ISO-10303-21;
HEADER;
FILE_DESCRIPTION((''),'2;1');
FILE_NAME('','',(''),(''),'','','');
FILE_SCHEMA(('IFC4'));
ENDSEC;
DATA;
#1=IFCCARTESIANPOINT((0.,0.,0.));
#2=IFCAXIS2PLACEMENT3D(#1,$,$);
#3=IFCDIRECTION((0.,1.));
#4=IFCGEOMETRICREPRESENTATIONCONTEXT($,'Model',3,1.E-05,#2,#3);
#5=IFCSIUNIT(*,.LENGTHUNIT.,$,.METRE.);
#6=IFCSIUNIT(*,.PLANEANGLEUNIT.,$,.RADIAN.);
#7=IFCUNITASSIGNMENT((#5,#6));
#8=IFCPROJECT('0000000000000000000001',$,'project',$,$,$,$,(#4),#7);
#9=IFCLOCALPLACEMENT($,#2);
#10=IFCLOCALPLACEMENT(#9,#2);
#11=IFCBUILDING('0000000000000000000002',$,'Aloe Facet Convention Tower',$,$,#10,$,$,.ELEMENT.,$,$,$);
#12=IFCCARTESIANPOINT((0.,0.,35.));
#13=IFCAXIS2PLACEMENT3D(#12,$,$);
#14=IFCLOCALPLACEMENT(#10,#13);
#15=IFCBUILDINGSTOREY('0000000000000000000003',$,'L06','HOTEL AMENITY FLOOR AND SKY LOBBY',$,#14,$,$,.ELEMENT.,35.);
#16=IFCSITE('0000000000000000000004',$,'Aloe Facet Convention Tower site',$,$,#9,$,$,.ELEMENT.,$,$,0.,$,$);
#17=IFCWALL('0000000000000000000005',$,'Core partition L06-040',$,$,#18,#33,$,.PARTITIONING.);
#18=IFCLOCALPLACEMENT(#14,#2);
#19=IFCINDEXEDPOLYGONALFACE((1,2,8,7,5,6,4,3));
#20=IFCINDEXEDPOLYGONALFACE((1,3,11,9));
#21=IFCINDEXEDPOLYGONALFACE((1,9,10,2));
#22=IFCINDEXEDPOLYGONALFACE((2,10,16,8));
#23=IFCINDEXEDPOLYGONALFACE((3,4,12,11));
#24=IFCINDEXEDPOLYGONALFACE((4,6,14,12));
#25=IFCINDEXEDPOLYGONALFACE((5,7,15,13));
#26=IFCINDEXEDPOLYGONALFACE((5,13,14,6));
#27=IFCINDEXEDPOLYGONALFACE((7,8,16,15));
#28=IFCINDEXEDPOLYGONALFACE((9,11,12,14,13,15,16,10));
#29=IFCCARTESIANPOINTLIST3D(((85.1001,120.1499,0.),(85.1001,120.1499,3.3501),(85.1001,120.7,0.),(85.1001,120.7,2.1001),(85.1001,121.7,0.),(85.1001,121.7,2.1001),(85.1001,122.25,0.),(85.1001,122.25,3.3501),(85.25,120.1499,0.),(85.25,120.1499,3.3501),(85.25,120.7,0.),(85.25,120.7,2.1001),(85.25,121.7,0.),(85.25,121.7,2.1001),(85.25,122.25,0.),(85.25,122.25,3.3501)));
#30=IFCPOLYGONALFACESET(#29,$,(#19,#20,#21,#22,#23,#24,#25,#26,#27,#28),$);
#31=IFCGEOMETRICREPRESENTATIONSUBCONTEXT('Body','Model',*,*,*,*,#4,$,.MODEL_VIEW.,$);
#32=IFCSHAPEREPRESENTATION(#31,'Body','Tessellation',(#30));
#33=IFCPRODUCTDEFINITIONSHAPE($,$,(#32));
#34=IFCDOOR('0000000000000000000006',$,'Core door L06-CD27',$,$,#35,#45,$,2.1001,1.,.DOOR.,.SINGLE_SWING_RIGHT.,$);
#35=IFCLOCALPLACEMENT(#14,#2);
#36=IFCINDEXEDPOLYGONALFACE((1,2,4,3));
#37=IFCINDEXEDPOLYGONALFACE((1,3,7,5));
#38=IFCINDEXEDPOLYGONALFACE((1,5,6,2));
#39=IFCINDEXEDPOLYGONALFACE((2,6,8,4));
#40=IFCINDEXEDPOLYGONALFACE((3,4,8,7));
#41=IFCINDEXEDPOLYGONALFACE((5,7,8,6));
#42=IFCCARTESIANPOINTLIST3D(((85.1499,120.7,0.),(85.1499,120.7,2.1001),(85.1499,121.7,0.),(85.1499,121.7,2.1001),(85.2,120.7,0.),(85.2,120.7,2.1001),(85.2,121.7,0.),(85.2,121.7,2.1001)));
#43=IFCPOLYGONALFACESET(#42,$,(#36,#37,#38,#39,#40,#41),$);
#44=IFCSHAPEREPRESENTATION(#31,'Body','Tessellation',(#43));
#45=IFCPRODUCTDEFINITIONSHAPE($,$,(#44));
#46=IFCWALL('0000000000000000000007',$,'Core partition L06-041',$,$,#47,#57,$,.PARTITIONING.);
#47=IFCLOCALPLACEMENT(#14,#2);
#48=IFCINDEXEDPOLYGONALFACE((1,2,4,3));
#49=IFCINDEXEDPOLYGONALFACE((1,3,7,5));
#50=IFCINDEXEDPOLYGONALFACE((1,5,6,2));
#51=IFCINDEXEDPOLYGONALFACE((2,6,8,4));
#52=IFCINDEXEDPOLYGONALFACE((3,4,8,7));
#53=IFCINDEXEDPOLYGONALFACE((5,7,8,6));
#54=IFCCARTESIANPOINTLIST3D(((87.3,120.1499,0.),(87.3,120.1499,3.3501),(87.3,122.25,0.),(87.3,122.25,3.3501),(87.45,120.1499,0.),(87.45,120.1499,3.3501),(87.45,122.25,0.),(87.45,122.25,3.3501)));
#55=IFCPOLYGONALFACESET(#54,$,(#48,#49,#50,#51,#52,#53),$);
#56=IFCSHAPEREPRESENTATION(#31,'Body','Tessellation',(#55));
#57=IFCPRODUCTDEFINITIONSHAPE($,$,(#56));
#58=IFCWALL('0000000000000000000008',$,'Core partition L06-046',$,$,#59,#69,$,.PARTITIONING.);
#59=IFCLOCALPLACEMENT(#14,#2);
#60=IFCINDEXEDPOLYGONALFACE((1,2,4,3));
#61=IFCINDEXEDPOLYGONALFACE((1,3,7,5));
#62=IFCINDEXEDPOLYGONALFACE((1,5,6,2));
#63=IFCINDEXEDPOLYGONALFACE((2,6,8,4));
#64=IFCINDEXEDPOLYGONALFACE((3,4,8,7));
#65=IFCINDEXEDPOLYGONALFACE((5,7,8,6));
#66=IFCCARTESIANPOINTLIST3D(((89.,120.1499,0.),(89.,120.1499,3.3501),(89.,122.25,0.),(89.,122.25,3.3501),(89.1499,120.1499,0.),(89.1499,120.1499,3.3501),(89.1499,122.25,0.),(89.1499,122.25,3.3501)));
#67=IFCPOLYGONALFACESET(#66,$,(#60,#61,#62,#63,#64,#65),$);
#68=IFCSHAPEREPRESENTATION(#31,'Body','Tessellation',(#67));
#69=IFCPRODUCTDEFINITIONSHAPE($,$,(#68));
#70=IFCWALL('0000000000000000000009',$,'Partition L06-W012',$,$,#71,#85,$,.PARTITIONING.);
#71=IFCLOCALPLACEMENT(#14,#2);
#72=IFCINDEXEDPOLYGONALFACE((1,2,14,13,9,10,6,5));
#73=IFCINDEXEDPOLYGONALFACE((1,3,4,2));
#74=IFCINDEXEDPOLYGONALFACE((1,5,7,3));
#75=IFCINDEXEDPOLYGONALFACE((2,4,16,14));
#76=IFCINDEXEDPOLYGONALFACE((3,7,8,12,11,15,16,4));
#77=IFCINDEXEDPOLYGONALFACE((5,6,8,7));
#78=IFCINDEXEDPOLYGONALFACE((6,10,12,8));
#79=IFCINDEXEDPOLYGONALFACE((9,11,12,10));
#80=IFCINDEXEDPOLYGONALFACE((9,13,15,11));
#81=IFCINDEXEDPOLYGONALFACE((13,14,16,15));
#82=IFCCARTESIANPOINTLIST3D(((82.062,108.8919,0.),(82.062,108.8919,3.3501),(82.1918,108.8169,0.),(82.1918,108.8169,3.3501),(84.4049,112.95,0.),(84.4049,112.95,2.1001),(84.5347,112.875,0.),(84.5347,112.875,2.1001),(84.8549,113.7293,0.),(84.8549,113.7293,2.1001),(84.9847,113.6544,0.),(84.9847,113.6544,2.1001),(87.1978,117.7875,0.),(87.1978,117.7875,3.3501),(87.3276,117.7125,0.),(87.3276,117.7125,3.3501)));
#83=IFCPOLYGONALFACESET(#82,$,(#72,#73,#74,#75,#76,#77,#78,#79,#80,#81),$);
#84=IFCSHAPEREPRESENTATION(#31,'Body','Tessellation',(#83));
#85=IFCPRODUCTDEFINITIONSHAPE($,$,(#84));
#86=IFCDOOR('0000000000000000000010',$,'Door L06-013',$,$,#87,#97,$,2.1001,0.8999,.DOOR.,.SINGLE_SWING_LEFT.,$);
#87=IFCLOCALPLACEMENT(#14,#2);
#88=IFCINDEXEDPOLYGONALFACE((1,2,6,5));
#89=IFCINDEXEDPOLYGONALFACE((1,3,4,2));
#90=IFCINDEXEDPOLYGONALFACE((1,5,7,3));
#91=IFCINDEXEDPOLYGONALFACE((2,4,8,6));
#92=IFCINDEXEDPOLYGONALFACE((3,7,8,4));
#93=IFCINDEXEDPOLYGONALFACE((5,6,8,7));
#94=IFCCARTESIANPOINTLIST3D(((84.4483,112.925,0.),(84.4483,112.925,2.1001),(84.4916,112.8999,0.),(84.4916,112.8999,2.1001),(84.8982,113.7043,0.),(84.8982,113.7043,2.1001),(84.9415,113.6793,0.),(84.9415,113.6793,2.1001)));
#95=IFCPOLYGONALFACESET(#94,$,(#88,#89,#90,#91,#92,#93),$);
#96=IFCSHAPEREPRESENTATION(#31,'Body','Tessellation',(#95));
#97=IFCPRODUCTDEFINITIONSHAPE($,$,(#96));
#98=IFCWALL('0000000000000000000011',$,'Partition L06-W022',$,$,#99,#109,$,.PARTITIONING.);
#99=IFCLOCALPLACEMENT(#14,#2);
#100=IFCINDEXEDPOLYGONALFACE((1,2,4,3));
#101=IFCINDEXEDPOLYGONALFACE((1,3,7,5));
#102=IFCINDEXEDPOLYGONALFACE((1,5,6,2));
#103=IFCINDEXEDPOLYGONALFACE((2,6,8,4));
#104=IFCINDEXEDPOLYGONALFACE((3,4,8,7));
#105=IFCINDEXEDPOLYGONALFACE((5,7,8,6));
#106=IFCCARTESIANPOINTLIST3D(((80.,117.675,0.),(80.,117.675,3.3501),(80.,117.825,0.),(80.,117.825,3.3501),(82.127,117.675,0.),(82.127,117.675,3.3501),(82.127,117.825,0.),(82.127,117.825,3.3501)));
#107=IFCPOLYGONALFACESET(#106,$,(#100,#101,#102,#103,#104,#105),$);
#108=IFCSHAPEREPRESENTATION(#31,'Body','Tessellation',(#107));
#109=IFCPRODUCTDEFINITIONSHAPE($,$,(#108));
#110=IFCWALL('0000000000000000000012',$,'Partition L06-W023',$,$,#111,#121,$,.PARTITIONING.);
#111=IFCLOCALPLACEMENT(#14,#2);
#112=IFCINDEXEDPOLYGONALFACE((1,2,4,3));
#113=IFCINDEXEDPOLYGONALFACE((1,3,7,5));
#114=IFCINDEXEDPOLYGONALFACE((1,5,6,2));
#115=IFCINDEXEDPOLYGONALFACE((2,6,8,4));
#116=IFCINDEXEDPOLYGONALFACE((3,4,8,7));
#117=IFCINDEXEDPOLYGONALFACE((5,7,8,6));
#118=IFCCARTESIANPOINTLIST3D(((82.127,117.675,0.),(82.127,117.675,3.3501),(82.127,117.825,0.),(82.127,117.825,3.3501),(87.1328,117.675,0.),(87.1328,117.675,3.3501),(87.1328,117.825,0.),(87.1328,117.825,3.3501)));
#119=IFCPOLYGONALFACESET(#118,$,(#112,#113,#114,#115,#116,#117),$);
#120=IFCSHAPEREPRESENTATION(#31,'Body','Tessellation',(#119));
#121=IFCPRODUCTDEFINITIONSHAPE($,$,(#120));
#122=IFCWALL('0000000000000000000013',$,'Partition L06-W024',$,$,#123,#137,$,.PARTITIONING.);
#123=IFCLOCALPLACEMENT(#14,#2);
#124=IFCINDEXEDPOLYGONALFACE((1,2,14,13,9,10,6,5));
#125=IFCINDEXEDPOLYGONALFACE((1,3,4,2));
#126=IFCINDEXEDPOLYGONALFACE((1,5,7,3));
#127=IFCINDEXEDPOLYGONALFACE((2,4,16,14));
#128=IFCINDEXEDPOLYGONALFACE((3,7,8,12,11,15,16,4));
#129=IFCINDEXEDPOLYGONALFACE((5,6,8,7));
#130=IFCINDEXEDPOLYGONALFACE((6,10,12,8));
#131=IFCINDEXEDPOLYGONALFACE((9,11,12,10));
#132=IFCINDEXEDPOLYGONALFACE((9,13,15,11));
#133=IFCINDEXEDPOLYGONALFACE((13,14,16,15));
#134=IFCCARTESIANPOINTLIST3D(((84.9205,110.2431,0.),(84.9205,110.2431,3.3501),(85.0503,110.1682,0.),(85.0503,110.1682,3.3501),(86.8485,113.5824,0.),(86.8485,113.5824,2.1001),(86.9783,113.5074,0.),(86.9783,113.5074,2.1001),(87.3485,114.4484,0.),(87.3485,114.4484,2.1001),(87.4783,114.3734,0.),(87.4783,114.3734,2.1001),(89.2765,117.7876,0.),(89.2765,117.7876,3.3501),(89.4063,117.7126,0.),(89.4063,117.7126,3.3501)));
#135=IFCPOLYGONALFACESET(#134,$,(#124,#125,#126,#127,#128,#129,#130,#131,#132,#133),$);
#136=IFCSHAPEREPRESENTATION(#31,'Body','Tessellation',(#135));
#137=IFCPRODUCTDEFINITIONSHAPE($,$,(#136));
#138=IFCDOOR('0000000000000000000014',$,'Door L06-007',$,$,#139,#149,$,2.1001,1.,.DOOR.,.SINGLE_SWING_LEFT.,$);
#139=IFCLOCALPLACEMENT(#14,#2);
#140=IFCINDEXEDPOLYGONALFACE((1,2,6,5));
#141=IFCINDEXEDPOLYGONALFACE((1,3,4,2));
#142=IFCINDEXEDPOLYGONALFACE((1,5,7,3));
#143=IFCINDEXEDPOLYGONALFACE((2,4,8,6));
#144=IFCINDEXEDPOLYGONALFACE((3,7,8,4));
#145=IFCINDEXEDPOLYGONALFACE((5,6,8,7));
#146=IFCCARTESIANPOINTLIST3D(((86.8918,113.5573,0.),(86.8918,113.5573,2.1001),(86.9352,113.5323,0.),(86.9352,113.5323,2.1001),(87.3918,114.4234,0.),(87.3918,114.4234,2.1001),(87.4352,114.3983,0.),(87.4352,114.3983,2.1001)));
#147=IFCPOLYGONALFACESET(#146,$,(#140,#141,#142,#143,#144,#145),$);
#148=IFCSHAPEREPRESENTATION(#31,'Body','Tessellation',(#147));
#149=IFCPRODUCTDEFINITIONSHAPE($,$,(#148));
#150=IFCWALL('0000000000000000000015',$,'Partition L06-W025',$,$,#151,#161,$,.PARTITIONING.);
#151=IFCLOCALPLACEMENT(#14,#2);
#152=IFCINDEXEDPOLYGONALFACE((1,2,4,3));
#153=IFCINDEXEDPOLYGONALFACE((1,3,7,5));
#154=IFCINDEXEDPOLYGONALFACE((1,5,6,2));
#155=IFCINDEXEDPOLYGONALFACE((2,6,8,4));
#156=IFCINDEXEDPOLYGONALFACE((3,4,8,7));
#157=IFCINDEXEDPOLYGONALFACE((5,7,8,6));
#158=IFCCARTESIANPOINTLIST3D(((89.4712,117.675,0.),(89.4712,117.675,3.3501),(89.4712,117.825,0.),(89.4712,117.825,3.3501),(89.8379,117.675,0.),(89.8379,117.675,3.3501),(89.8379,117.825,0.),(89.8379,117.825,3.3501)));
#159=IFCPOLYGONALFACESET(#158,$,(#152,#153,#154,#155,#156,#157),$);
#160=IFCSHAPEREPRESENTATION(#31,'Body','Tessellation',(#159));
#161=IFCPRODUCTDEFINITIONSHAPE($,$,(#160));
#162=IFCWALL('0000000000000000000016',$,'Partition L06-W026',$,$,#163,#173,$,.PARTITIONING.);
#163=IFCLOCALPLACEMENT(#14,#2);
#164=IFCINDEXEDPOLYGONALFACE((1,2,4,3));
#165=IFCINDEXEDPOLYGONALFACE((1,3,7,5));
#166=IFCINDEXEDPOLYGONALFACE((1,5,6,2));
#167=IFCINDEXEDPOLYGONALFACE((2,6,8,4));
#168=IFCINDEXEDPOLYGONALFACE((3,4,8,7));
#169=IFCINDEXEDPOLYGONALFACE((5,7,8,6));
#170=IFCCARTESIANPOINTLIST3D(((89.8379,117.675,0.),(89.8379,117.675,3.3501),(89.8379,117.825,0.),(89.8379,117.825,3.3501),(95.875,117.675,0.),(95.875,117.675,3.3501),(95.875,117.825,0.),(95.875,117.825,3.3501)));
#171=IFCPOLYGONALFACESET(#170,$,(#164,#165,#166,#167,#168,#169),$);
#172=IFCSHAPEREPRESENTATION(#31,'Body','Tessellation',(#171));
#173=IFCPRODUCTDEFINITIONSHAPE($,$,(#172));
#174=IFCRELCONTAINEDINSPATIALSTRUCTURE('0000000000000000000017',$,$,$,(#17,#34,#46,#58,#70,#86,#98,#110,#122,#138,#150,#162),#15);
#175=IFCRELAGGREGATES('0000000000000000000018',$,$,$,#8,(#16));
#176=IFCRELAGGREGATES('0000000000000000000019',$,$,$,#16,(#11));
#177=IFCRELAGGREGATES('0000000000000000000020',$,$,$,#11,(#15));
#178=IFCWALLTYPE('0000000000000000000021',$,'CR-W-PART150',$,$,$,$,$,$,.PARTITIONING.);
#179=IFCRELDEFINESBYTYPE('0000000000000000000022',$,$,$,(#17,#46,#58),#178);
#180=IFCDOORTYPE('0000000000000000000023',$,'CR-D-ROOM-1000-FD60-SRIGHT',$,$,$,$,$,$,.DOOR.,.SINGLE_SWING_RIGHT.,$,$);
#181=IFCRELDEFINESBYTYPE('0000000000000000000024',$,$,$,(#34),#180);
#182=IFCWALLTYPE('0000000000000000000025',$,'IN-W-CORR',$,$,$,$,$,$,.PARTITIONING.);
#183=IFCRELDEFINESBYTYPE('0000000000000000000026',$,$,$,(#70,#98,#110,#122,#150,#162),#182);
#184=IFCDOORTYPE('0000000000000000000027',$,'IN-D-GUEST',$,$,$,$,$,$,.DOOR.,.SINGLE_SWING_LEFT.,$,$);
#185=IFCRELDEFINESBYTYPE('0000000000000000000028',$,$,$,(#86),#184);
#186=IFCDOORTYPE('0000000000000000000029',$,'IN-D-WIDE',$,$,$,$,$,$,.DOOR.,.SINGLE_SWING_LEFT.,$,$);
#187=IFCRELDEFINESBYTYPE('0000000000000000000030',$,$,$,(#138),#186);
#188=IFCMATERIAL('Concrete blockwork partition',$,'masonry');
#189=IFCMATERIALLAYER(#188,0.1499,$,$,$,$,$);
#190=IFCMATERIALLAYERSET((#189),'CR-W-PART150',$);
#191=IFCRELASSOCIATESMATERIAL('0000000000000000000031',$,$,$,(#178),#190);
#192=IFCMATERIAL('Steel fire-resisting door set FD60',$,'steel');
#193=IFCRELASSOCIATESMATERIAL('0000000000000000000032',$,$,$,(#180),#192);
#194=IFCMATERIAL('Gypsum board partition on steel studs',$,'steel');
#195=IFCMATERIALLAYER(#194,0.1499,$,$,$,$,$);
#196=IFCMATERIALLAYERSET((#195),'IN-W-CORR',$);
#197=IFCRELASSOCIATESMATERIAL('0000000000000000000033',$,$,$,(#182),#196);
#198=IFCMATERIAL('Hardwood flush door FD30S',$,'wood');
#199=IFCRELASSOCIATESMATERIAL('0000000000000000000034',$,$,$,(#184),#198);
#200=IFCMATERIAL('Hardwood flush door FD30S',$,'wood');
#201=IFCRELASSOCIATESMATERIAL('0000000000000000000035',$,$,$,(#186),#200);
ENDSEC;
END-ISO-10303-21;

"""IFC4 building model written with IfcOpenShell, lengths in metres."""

from ifc_helpers import new_model, si_unit, direction, frame, frame_2d, origin, place, context, subcontext, project, spatial, rectangle, extrude, material, layer, layer_set, type_object, element, fill, save


model = new_model("IFC4")

# Units and contexts
model_context = context("Model", 3, precision=1e-05, world=origin(), true_north=direction((0.0, 1.0)))
body_context = subcontext(model_context, "Body", "Model", "MODEL_VIEW")
ifc_project = project(units=[si_unit("LENGTHUNIT", "METRE"), si_unit("PLANEANGLEUNIT", "RADIAN")], contexts=[model_context])

# Site, building, storey
site_placement = place(None, origin())
site = spatial("IfcSite", under=ifc_project, at=site_placement, Name="Aloe Facet Convention Tower site", CompositionType="ELEMENT", RefElevation=0.0)
building_placement = place(site_placement, origin())
building = spatial("IfcBuilding", under=site, at=building_placement, Name="Aloe Facet Convention Tower", CompositionType="ELEMENT")
storey_placement = place(building_placement, frame((0.0, 0.0, 35.0)))
storey = spatial("IfcBuildingStorey", under=building, at=storey_placement, Name="L06", Description="HOTEL AMENITY FLOOR AND SKY LOBBY", CompositionType="ELEMENT", Elevation=35.0)

# Shared definitions
ifc_material_1 = material(Name="Concrete blockwork partition", Category="masonry")
ifc_layer_1 = layer(ifc_material_1, 0.1499)
ifc_layer_set_1 = layer_set([ifc_layer_1], Name="CR-W-PART150")
wall_type_1 = type_object("IfcWallType", Name="CR-W-PART150", PredefinedType="PARTITIONING", material=ifc_layer_set_1)

# Wall, opening, door
wall_1_placement = place(storey_placement, frame((85.175, 122.25, 0.0), z_axis=(0.0, 0.0, 1.0), x_axis=(0.0, -1.0, 0.0)))
wall_1 = element("IfcWall", 1, at=wall_1_placement, inside=storey, type_object=wall_type_1, Name="Core partition L06-040", PredefinedType="PARTITIONING", context=body_context, shape_type="SweptSolid", body=[
    extrude(rectangle(XDim=2.1001, YDim=0.1499, at=frame_2d((1.05, 0.0))), origin(), (0.0, 0.0, 1.0), 3.3501),
])
opening_1_placement = place(wall_1_placement, frame((0.55, 0.0, 0.0)))
opening_1 = element("IfcOpeningElement", 2, at=opening_1_placement, cuts=wall_1, PredefinedType="OPENING", context=body_context, shape_type="SweptSolid", body=[
    extrude(rectangle(XDim=1.0, YDim=2.1001, at=frame_2d((0.5, 1.05))), frame((0.0, 0.085, 0.0), z_axis=(0.0, -1.0, 0.0), x_axis=(1.0, 0.0, 0.0)), (0.0, 0.0, 1.0), 0.1699),
])
ifc_material_2 = material(Name="Steel fire-resisting door set FD60", Category="steel")
door_type_1 = type_object("IfcDoorType", Name="CR-D-ROOM-1000-FD60-SRIGHT", OperationType="SINGLE_SWING_RIGHT", PredefinedType="DOOR", material=ifc_material_2)
door_1_placement = place(opening_1_placement, origin())
door_1 = element("IfcDoor", 3, at=door_1_placement, inside=storey, type_object=door_type_1, Name="Core door L06-CD27", OperationType="SINGLE_SWING_RIGHT", OverallHeight=2.1001, OverallWidth=1.0, PredefinedType="DOOR", context=body_context, shape_type="SweptSolid", body=[
    extrude(rectangle(XDim=1.0, YDim=2.1001, at=frame_2d((0.5, 1.05))), frame((0.0, 0.0249, 0.0), z_axis=(0.0, -1.0, 0.0), x_axis=(1.0, 0.0, 0.0)), (0.0, 0.0, 1.0), 0.05),
])
fill(opening_1, door_1)

# Walls
for number, where, z_axis, x_axis, name in (
    (4, (87.375, 122.25, 0.0), (0.0, 0.0, 1.0), (0.0, -1.0, 0.0), "Core partition L06-041"),
    (5, (89.075, 122.25, 0.0), (0.0, 0.0, 1.0), (0.0, -1.0, 0.0), "Core partition L06-046"),
):
    element("IfcWall", number, at=place(storey_placement, frame(where, z_axis=z_axis, x_axis=x_axis)), inside=storey, type_object=wall_type_1, Name=name, PredefinedType="PARTITIONING", context=body_context, shape_type="SweptSolid", body=[
        extrude(rectangle(XDim=2.1001, YDim=0.1499, at=frame_2d((1.05, 0.0))), origin(), (0.0, 0.0, 1.0), 3.3501),
    ])

# Wall, opening, door
ifc_material_3 = material(Name="Gypsum board partition on steel studs", Category="steel")
ifc_layer_2 = layer(ifc_material_3, 0.1499)
ifc_layer_set_2 = layer_set([ifc_layer_2], Name="IN-W-CORR")
wall_type_2 = type_object("IfcWallType", Name="IN-W-CORR", PredefinedType="PARTITIONING", material=ifc_layer_set_2)
wall_2_placement = place(storey_placement, frame((82.127, 108.8545, 0.0), z_axis=(0.0, 0.0, 1.0), x_axis=(0.499994, 0.866029, 0.0)))
wall_2 = element("IfcWall", 6, at=wall_2_placement, inside=storey, type_object=wall_type_2, Name="Partition L06-W012", PredefinedType="PARTITIONING", context=body_context, shape_type="SweptSolid", body=[
    extrude(rectangle(XDim=10.2717, YDim=0.1499, at=frame_2d((5.1357, 0.0))), origin(), (0.0, 0.0, 1.0), 3.3501),
])
opening_2_placement = place(wall_2_placement, frame((4.6858, 0.0, 0.0)))
opening_2 = element("IfcOpeningElement", 7, at=opening_2_placement, cuts=wall_2, PredefinedType="OPENING", context=body_context, shape_type="SweptSolid", body=[
    extrude(rectangle(XDim=0.8999, YDim=2.1001, at=frame_2d((0.45, 1.05))), frame((0.0, 0.085, 0.0), z_axis=(0.0, -1.0, 0.0), x_axis=(1.0, 0.0, 0.0)), (0.0, 0.0, 1.0), 0.1699),
])
ifc_material_4 = material(Name="Hardwood flush door FD30S", Category="wood")
door_type_2 = type_object("IfcDoorType", Name="IN-D-GUEST", OperationType="SINGLE_SWING_LEFT", PredefinedType="DOOR", material=ifc_material_4)
door_2_placement = place(opening_2_placement, origin())
door_2 = element("IfcDoor", 8, at=door_2_placement, inside=storey, type_object=door_type_2, Name="Door L06-013", OperationType="SINGLE_SWING_LEFT", OverallHeight=2.1001, OverallWidth=0.8999, PredefinedType="DOOR", context=body_context, shape_type="SweptSolid", body=[
    extrude(rectangle(XDim=0.8999, YDim=2.1001, at=frame_2d((0.45, 1.05))), frame((0.0, 0.0249, 0.0), z_axis=(0.0, -1.0, 0.0), x_axis=(1.0, 0.0, 0.0)), (0.0, 0.0, 1.0), 0.05),
])
fill(opening_2, door_2)

# Walls
wall_3_placement = place(storey_placement, frame((80.0, 117.75, 0.0), z_axis=(0.0, 0.0, 1.0), x_axis=(1.0, 0.0, 0.0)))
element("IfcWall", 9, at=wall_3_placement, inside=storey, type_object=wall_type_2, Name="Partition L06-W022", PredefinedType="PARTITIONING", context=body_context, shape_type="SweptSolid", body=[
    extrude(rectangle(XDim=2.127, YDim=0.1499, at=frame_2d((1.0635, 0.0))), origin(), (0.0, 0.0, 1.0), 3.3501),
])
wall_4_placement = place(storey_placement, frame((82.127, 117.75, 0.0), z_axis=(0.0, 0.0, 1.0), x_axis=(1.0, 0.0, 0.0)))
element("IfcWall", 10, at=wall_4_placement, inside=storey, type_object=wall_type_2, Name="Partition L06-W023", PredefinedType="PARTITIONING", context=body_context, shape_type="SweptSolid", body=[
    extrude(rectangle(XDim=5.0059, YDim=0.1499, at=frame_2d((2.5029, 0.0))), origin(), (0.0, 0.0, 1.0), 3.3501),
])

# Wall, opening, door
wall_5_placement = place(storey_placement, frame((84.9854, 110.2056, 0.0), z_axis=(0.0, 0.0, 1.0), x_axis=(0.500015, 0.866017, 0.0)))
wall_5 = element("IfcWall", 11, at=wall_5_placement, inside=storey, type_object=wall_type_2, Name="Partition L06-W024", PredefinedType="PARTITIONING", context=body_context, shape_type="SweptSolid", body=[
    extrude(rectangle(XDim=8.7117, YDim=0.1499, at=frame_2d((4.356, 0.0))), origin(), (0.0, 0.0, 1.0), 3.3501),
])
opening_3_placement = place(wall_5_placement, frame((3.856, 0.0, 0.0)))
opening_3 = element("IfcOpeningElement", 12, at=opening_3_placement, cuts=wall_5, PredefinedType="OPENING", context=body_context, shape_type="SweptSolid", body=[
    extrude(rectangle(XDim=1.0, YDim=2.1001, at=frame_2d((0.5, 1.05))), frame((0.0, 0.085, 0.0), z_axis=(0.0, -1.0, 0.0), x_axis=(1.0, 0.0, 0.0)), (0.0, 0.0, 1.0), 0.1699),
])
ifc_material_5 = material(Name="Hardwood flush door FD30S", Category="wood")
door_type_3 = type_object("IfcDoorType", Name="IN-D-WIDE", OperationType="SINGLE_SWING_LEFT", PredefinedType="DOOR", material=ifc_material_5)
door_3_placement = place(opening_3_placement, origin())
door_3 = element("IfcDoor", 13, at=door_3_placement, inside=storey, type_object=door_type_3, Name="Door L06-007", OperationType="SINGLE_SWING_LEFT", OverallHeight=2.1001, OverallWidth=1.0, PredefinedType="DOOR", context=body_context, shape_type="SweptSolid", body=[
    extrude(rectangle(XDim=1.0, YDim=2.1001, at=frame_2d((0.5, 1.05))), frame((0.0, 0.0249, 0.0), z_axis=(0.0, -1.0, 0.0), x_axis=(1.0, 0.0, 0.0)), (0.0, 0.0, 1.0), 0.05),
])
fill(opening_3, door_3)

# Walls
wall_6_placement = place(storey_placement, frame((89.4712, 117.75, 0.0), z_axis=(0.0, 0.0, 1.0), x_axis=(1.0, 0.0, 0.0)))
element("IfcWall", 14, at=wall_6_placement, inside=storey, type_object=wall_type_2, Name="Partition L06-W025", PredefinedType="PARTITIONING", context=body_context, shape_type="SweptSolid", body=[
    extrude(rectangle(XDim=0.3667, YDim=0.1499, at=frame_2d((0.1833, 0.0))), origin(), (0.0, 0.0, 1.0), 3.3501),
])
wall_7_placement = place(storey_placement, frame((89.8379, 117.75, 0.0), z_axis=(0.0, 0.0, 1.0), x_axis=(1.0, 0.0, 0.0)))
element("IfcWall", 15, at=wall_7_placement, inside=storey, type_object=wall_type_2, Name="Partition L06-W026", PredefinedType="PARTITIONING", context=body_context, shape_type="SweptSolid", body=[
    extrude(rectangle(XDim=6.0371, YDim=0.1499, at=frame_2d((3.0186, 0.0))), origin(), (0.0, 0.0, 1.0), 3.3501),
])

save(model, "model.ifc")
